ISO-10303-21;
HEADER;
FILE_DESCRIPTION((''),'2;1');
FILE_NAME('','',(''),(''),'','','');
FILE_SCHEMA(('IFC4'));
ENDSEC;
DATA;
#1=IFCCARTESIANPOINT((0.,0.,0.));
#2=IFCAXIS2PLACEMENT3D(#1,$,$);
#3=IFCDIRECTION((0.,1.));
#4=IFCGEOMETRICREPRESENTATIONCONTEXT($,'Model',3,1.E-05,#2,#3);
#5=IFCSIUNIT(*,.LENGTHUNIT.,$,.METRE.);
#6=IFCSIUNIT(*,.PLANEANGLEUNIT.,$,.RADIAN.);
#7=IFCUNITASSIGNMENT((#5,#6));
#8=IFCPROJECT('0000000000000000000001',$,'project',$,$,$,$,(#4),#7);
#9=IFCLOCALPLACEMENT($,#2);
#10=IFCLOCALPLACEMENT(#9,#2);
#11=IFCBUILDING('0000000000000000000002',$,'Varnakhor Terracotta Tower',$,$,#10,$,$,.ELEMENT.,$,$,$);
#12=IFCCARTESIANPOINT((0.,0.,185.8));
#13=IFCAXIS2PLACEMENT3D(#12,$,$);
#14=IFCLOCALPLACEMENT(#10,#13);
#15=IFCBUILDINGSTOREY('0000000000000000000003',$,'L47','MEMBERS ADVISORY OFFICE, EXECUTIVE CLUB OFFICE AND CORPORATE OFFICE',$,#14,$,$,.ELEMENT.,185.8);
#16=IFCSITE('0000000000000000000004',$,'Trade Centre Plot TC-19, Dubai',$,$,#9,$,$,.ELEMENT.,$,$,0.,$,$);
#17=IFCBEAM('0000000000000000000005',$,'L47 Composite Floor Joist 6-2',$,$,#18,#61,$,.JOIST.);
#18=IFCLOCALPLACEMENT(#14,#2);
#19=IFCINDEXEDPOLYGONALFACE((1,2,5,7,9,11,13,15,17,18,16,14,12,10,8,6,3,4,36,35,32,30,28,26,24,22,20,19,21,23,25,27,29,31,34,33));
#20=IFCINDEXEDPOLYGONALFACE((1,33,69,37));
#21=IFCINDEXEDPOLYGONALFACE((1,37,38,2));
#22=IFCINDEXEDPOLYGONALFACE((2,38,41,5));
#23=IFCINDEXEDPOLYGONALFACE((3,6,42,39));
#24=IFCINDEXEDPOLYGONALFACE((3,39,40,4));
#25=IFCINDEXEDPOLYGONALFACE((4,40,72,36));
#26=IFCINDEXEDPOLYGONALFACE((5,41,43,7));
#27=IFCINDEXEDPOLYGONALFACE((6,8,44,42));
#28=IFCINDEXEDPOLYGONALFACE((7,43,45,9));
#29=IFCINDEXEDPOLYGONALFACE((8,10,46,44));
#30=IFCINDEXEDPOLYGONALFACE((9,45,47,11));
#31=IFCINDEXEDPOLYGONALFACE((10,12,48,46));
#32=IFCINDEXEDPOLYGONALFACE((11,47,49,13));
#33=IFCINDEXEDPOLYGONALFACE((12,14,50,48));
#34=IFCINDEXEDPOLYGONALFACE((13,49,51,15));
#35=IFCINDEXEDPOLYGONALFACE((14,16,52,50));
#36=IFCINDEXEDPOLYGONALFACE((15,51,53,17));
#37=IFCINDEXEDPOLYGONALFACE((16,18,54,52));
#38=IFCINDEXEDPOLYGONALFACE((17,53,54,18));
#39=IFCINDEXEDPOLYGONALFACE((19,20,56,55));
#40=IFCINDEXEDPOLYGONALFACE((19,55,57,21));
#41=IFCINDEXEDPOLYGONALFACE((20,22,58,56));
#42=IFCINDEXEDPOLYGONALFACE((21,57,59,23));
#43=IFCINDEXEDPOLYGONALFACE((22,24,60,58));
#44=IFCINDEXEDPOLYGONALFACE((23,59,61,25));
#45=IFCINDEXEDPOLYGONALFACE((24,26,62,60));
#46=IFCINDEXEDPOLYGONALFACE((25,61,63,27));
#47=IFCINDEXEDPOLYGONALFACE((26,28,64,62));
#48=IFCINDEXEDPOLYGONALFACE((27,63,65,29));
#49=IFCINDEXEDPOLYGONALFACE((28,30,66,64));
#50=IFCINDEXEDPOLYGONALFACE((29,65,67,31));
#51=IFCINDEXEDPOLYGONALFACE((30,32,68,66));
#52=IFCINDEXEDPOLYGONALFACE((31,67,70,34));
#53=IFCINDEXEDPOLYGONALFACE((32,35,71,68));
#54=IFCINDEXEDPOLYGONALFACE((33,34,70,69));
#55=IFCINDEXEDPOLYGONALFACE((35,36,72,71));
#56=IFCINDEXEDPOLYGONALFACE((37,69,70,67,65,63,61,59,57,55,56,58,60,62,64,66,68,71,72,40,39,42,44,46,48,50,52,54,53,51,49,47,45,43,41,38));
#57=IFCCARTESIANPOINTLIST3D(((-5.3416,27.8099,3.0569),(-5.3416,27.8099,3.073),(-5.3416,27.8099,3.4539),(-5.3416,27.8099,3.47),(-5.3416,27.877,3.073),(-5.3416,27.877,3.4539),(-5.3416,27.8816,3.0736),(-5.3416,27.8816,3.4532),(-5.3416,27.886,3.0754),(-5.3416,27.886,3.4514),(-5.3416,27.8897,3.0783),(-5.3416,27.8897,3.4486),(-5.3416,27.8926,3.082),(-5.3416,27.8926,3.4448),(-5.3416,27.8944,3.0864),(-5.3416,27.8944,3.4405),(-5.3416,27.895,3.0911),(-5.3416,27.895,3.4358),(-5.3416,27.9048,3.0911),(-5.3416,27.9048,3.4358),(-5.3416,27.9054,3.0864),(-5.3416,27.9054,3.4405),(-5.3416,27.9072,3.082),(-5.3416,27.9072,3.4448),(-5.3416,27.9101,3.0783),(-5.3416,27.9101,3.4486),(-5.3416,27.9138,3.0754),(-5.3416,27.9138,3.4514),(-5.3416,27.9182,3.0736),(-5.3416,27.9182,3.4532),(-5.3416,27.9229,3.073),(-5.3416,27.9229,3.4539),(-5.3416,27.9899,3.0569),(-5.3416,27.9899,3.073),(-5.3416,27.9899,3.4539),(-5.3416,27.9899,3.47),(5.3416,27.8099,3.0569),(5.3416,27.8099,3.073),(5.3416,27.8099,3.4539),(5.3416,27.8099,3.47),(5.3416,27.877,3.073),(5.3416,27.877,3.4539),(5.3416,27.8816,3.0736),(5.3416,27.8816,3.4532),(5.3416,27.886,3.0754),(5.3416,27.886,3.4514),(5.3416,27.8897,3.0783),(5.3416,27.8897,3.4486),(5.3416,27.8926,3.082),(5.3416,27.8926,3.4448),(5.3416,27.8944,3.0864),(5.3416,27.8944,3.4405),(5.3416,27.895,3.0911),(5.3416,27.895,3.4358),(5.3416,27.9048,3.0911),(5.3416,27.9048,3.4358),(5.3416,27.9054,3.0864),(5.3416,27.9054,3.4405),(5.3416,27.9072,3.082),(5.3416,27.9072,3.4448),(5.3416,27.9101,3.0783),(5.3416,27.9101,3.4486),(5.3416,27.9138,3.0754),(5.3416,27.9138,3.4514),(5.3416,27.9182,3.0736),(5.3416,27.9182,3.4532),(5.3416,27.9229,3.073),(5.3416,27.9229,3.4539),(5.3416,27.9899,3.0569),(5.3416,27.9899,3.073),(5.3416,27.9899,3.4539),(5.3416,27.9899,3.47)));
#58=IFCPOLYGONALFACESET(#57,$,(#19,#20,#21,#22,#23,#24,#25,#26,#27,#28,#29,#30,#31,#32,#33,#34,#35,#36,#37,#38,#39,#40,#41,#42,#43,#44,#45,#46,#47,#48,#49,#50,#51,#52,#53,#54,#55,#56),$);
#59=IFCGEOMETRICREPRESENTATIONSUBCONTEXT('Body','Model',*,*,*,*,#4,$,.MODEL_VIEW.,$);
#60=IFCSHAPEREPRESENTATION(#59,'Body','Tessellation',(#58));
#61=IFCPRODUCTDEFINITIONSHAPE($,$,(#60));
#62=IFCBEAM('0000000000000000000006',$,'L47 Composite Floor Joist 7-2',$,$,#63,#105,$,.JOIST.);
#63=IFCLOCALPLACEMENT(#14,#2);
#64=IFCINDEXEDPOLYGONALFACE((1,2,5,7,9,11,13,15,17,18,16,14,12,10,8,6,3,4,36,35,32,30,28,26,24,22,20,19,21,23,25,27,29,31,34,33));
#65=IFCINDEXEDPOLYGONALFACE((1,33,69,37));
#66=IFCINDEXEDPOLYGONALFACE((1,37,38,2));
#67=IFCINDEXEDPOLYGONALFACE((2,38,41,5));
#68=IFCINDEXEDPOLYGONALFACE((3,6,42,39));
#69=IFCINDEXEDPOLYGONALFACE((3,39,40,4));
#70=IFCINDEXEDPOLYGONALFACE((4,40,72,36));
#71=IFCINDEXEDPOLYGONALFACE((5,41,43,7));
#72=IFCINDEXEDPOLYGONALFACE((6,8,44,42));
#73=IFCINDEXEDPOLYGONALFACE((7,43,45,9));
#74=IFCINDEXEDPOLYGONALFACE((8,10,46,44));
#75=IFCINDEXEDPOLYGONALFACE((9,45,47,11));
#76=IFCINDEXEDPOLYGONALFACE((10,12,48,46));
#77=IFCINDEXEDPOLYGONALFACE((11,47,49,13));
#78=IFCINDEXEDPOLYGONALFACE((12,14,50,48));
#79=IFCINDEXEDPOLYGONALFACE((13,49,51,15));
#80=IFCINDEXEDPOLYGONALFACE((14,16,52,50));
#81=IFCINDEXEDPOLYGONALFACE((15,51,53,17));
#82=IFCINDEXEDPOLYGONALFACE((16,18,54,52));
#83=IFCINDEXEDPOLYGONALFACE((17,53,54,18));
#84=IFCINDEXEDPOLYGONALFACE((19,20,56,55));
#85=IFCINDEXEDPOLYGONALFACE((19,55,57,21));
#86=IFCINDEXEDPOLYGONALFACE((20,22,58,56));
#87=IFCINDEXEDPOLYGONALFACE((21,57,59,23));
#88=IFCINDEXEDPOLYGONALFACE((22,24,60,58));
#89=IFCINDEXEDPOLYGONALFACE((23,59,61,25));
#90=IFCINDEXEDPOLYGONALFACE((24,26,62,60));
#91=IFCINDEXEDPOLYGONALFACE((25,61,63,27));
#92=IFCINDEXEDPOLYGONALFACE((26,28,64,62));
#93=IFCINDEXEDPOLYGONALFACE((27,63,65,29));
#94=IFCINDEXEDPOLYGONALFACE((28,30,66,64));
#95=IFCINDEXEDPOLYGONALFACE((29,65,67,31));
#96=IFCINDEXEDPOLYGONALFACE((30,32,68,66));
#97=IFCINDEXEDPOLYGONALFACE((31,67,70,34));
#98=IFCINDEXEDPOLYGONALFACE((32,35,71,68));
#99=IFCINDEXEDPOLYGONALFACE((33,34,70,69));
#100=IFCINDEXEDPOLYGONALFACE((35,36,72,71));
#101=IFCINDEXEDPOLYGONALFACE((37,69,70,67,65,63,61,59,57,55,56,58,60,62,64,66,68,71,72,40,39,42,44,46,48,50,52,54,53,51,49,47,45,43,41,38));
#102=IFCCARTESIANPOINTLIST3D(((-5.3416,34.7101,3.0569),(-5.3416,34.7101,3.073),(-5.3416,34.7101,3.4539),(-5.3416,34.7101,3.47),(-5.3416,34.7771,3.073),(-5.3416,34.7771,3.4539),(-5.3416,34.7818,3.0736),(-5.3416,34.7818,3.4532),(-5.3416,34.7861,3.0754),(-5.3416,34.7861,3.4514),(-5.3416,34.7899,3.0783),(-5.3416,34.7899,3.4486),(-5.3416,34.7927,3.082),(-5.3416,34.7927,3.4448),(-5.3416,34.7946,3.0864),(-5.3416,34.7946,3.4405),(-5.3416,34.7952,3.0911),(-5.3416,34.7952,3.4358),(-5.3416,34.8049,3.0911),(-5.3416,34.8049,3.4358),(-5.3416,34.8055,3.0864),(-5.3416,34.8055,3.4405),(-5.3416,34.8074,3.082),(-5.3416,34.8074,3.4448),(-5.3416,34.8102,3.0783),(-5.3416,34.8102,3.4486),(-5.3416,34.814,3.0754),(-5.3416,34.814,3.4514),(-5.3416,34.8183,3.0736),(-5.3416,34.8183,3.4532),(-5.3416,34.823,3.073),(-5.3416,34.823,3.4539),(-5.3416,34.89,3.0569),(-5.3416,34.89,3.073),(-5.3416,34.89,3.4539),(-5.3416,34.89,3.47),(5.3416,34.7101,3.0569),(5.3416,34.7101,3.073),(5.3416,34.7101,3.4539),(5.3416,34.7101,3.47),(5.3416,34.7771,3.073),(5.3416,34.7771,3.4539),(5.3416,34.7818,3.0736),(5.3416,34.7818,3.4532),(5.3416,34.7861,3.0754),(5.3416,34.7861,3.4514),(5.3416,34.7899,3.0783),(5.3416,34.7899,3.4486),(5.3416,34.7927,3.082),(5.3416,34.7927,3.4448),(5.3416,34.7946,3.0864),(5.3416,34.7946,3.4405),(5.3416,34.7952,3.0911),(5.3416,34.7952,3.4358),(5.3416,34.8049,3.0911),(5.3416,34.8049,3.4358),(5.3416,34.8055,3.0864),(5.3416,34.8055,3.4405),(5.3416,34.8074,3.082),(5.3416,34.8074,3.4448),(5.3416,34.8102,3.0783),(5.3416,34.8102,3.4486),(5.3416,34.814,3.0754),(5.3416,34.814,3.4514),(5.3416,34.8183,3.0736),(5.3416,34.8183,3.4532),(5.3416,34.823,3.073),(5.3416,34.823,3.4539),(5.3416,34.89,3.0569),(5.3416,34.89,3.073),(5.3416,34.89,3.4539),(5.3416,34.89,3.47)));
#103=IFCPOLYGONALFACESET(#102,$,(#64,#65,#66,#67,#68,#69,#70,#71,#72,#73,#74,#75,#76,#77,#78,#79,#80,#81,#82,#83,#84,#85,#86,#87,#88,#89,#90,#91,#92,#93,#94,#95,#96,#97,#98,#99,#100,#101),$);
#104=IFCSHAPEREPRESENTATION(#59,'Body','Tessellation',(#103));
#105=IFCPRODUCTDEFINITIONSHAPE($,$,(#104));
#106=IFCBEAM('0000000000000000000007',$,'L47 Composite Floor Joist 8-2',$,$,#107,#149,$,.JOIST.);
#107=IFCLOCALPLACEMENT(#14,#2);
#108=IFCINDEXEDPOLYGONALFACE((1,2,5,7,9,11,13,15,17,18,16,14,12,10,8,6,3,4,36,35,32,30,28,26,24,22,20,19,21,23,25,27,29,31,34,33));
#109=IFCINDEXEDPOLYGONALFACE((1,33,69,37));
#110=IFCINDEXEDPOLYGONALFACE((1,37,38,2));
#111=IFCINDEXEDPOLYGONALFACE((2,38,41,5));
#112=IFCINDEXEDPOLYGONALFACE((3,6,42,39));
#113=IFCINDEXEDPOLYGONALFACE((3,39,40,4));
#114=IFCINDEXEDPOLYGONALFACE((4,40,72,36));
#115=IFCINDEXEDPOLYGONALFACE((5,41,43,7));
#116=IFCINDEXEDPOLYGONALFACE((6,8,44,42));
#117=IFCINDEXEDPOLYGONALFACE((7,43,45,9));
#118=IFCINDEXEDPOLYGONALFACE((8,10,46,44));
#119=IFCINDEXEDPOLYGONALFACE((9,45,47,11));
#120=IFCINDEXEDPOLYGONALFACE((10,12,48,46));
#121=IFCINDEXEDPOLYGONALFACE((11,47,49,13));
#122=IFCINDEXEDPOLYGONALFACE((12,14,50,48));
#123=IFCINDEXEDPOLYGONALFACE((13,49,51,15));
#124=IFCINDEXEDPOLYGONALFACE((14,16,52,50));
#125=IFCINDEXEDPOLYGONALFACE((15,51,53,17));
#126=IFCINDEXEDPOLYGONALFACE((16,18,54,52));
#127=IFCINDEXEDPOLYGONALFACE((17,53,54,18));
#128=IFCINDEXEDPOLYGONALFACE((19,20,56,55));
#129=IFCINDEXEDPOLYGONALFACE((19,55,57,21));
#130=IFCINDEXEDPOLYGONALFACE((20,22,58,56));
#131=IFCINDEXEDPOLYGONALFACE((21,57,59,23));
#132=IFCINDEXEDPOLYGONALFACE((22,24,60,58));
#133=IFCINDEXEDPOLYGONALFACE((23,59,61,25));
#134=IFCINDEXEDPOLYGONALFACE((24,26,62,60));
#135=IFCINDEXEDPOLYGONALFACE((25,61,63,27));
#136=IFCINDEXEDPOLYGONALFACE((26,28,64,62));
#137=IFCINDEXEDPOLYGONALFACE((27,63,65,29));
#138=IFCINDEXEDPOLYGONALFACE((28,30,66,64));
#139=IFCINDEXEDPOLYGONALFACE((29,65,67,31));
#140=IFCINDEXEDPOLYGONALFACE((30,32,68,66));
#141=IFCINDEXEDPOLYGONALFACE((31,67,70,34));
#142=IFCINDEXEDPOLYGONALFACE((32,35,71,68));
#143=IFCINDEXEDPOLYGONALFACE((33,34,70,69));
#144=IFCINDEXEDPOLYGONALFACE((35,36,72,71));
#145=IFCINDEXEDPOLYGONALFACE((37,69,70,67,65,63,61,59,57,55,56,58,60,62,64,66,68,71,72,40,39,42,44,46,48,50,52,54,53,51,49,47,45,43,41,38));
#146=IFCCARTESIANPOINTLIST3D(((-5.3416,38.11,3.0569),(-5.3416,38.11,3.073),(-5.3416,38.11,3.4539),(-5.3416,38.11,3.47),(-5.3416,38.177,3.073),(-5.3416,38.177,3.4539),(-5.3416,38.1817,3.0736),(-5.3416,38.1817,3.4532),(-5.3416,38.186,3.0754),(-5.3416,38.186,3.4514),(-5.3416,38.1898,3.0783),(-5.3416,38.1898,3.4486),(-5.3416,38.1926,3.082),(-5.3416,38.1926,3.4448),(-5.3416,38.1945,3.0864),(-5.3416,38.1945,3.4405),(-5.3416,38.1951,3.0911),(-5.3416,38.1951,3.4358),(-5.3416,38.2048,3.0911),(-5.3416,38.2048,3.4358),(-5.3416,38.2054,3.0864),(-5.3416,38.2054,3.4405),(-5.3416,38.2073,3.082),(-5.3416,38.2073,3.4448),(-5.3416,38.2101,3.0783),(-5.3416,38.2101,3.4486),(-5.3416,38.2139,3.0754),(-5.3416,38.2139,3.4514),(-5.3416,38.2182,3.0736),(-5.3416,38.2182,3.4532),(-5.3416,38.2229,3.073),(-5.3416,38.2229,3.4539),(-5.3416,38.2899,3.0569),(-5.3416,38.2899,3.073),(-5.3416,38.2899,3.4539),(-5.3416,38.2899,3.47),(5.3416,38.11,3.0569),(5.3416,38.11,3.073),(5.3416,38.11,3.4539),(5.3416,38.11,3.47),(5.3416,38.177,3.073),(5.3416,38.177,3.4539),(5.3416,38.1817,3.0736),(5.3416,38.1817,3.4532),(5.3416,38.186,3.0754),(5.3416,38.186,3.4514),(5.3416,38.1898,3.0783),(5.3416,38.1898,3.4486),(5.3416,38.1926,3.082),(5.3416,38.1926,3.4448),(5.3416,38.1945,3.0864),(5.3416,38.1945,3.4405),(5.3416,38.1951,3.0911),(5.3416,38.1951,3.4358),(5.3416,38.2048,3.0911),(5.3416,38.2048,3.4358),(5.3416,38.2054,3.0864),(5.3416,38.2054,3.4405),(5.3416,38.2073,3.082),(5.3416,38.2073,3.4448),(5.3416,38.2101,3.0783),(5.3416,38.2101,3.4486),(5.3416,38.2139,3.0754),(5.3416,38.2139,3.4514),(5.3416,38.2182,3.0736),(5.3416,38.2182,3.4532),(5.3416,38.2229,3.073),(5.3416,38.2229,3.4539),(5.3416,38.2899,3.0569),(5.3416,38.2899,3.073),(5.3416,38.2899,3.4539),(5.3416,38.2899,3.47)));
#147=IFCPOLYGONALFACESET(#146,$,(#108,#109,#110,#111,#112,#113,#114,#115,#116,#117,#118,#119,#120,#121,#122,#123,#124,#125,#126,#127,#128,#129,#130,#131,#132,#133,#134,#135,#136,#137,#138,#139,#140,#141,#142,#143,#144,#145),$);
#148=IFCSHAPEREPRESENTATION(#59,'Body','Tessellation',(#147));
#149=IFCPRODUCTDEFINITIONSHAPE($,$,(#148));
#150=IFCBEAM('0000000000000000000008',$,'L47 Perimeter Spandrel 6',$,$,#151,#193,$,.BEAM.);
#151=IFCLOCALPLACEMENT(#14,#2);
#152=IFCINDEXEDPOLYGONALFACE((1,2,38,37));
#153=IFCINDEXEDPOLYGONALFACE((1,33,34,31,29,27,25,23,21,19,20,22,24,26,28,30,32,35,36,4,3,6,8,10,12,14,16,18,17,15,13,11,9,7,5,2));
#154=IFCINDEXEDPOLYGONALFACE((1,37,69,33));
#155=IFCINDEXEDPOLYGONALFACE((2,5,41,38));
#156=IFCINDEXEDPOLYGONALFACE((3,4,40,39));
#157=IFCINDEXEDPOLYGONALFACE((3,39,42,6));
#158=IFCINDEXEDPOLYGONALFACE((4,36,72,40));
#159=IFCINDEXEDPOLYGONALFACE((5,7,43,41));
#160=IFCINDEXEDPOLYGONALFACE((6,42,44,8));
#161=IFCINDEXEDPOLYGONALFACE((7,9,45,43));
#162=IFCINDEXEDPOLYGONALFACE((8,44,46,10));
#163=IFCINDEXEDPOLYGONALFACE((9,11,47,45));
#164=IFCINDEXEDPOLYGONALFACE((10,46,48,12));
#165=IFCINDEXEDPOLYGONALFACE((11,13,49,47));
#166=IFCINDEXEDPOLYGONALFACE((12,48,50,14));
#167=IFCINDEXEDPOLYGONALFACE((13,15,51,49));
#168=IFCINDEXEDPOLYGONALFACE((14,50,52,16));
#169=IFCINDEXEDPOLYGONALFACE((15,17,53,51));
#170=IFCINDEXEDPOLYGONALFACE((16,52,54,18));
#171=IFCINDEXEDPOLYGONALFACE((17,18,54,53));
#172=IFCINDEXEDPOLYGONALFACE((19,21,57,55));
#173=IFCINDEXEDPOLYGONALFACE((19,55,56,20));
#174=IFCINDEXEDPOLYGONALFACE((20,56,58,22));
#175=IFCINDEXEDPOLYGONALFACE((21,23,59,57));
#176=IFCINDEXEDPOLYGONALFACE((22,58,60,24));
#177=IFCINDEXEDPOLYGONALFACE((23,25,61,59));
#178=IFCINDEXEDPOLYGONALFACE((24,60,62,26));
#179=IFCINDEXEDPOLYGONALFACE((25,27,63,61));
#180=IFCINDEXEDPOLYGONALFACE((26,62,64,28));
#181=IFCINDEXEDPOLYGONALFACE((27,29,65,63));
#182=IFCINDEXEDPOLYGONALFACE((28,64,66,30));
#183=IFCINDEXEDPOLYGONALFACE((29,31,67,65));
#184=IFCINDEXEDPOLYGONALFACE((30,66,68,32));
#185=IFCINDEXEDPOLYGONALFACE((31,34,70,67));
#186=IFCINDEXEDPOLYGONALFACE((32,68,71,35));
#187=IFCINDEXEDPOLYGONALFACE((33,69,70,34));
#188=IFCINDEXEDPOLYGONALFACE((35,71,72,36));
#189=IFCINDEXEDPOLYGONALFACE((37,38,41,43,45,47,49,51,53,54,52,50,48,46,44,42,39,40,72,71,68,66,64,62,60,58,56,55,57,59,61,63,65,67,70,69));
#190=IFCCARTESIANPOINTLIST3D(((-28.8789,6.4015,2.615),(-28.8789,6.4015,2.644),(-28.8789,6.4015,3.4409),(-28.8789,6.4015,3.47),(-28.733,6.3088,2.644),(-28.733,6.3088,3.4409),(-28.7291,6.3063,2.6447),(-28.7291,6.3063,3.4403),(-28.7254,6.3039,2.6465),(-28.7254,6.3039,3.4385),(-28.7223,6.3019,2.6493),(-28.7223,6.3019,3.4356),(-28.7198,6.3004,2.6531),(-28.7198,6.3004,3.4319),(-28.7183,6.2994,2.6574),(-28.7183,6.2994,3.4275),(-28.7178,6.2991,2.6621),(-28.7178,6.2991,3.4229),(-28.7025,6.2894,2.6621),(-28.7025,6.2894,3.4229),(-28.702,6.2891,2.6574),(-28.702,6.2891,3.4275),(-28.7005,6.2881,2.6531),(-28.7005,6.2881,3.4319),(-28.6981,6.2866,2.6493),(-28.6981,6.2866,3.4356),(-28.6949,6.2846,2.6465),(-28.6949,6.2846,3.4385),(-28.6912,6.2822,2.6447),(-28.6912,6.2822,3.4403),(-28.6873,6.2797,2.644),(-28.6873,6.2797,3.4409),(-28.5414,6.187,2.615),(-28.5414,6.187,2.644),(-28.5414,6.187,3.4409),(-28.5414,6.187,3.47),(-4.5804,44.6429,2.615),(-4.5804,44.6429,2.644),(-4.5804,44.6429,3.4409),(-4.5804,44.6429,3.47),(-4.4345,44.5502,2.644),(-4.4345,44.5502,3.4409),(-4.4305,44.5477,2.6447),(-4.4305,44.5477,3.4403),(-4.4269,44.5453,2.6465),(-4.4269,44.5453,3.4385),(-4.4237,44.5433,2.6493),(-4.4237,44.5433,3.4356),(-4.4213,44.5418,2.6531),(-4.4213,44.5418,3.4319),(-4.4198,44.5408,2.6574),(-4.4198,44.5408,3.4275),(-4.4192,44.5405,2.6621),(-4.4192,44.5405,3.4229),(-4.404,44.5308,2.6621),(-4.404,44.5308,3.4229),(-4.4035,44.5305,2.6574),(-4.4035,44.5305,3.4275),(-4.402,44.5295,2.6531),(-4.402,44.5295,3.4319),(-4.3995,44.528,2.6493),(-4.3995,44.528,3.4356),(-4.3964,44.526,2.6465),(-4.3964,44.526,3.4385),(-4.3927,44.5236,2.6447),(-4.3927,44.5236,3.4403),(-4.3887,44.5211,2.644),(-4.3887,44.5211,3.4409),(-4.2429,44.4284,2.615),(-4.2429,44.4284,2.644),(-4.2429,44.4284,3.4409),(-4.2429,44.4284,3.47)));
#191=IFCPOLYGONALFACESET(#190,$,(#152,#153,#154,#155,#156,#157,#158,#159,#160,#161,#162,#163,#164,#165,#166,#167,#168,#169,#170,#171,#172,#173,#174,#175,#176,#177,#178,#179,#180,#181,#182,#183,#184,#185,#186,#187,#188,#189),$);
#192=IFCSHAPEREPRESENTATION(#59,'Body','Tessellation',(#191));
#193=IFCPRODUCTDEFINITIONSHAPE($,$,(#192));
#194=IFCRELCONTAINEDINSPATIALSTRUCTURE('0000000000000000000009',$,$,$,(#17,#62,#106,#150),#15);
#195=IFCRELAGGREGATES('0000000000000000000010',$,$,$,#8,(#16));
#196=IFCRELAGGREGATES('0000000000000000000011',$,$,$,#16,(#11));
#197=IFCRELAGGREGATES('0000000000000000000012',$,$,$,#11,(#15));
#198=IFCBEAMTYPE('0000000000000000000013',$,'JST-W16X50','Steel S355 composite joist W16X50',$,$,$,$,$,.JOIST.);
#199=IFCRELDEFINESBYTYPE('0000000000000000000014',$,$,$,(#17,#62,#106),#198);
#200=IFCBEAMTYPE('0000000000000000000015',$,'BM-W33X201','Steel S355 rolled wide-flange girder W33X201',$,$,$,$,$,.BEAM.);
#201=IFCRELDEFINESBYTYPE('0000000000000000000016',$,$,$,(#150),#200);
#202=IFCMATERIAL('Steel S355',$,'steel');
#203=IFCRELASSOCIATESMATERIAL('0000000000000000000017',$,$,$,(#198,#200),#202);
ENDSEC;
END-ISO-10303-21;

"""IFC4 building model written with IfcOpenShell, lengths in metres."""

from ifc_helpers import new_model, si_unit, direction, frame, origin, origin_2d, place, context, subcontext, project, spatial, i_section, extrude, source, transform, mapped, material, material_profile, profile_set, type_object, element, save


model = new_model("IFC4")

# Units and contexts
model_context = context("Model", 3, precision=1e-05, world=origin(), true_north=direction((0.0, 1.0)))
body_context = subcontext(model_context, "Body", "Model", "MODEL_VIEW")
ifc_project = project(units=[si_unit("LENGTHUNIT", "METRE"), si_unit("PLANEANGLEUNIT", "RADIAN")], contexts=[model_context])

# Site, building, storey
site_placement = place(None, origin())
site = spatial("IfcSite", under=ifc_project, at=site_placement, Name="Trade Centre Plot TC-19, Dubai", CompositionType="ELEMENT", RefElevation=0.0)
building_placement = place(site_placement, origin())
building = spatial("IfcBuilding", under=site, at=building_placement, Name="Varnakhor Terracotta Tower", CompositionType="ELEMENT")
storey_placement = place(building_placement, frame((0.0, 0.0, 185.8)))
storey = spatial("IfcBuildingStorey", under=building, at=storey_placement, Name="L47", Description="MEMBERS ADVISORY OFFICE, EXECUTIVE CLUB OFFICE AND CORPORATE OFFICE", CompositionType="ELEMENT", Elevation=185.8)

# Beams
ifc_material_1 = material(Name="Steel S355", Category="steel")
ifc_material_profile_1 = material_profile(ifc_material_1, i_section(OverallWidth=0.1799, OverallDepth=0.4131, WebThickness=0.0098, FlangeThickness=0.0161, FilletRadius=0.0181, at=origin_2d()), Name="W16X50")
ifc_profile_set_1 = profile_set([ifc_material_profile_1], Name="Steel S355")
beam_type_1 = type_object("IfcBeamType", Name="JST-W16X50", Description="Steel S355 composite joist W16X50", PredefinedType="JOIST", material=ifc_profile_set_1)
shared_shape_1 = source(origin(), body_context, "Body", "SweptSolid", [
    extrude(i_section(OverallWidth=0.1799, OverallDepth=0.4131, WebThickness=0.0098, FlangeThickness=0.0161, FilletRadius=0.0181, at=origin_2d()), origin(), (0.0, 0.0, 1.0), 10.6831),
])
for number, where, z_axis, x_axis, name in (
    (1, (-5.3416, 27.8999, 3.2634), (1.0, 0.0, 0.0), (0.0, 1.0, 0.0), "L47 Composite Floor Joist 6-2"),
    (2, (-5.3416, 34.8, 3.2634), (1.0, 0.0, 0.0), (0.0, 1.0, 0.0), "L47 Composite Floor Joist 7-2"),
    (3, (-5.3416, 38.2, 3.2634), (1.0, 0.0, 0.0), (0.0, 1.0, 0.0), "L47 Composite Floor Joist 8-2"),
):
    element("IfcBeam", number, at=place(storey_placement, frame(where, z_axis=z_axis, x_axis=x_axis)), inside=storey, type_object=beam_type_1, Name=name, PredefinedType="JOIST", context=body_context, shape_type="MappedRepresentation", body=[
        mapped(shared_shape_1, transform((0.0, 0.0, 0.0), scale=1.0)),
    ])
ifc_material_profile_2 = material_profile(ifc_material_1, i_section(OverallWidth=0.3999, OverallDepth=0.855, WebThickness=0.0181, FlangeThickness=0.0291, FilletRadius=0.0181, at=origin_2d()), Name="W33X201")
ifc_profile_set_2 = profile_set([ifc_material_profile_2], Name="Steel S355")
beam_type_2 = type_object("IfcBeamType", Name="BM-W33X201", Description="Steel S355 rolled wide-flange girder W33X201", PredefinedType="BEAM", material=ifc_profile_set_2)
shared_shape_2 = source(origin(), body_context, "Body", "SweptSolid", [
    extrude(i_section(OverallWidth=0.3999, OverallDepth=0.855, WebThickness=0.0181, FlangeThickness=0.0291, FilletRadius=0.0181, at=origin_2d()), origin(), (0.0, 0.0, 1.0), 45.3081),
])
beam_1_placement = place(storey_placement, frame((-4.4116, 44.5356, 3.0425), z_axis=(-0.536296, -0.84403, 0.0), x_axis=(0.84403, -0.536296, 0.0)))
element("IfcBeam", 4, at=beam_1_placement, inside=storey, type_object=beam_type_2, Name="L47 Perimeter Spandrel 6", PredefinedType="BEAM", context=body_context, shape_type="MappedRepresentation", body=[
    mapped(shared_shape_2, transform((0.0, 0.0, 0.0), scale=1.0)),
])

save(model, "model.ifc")
